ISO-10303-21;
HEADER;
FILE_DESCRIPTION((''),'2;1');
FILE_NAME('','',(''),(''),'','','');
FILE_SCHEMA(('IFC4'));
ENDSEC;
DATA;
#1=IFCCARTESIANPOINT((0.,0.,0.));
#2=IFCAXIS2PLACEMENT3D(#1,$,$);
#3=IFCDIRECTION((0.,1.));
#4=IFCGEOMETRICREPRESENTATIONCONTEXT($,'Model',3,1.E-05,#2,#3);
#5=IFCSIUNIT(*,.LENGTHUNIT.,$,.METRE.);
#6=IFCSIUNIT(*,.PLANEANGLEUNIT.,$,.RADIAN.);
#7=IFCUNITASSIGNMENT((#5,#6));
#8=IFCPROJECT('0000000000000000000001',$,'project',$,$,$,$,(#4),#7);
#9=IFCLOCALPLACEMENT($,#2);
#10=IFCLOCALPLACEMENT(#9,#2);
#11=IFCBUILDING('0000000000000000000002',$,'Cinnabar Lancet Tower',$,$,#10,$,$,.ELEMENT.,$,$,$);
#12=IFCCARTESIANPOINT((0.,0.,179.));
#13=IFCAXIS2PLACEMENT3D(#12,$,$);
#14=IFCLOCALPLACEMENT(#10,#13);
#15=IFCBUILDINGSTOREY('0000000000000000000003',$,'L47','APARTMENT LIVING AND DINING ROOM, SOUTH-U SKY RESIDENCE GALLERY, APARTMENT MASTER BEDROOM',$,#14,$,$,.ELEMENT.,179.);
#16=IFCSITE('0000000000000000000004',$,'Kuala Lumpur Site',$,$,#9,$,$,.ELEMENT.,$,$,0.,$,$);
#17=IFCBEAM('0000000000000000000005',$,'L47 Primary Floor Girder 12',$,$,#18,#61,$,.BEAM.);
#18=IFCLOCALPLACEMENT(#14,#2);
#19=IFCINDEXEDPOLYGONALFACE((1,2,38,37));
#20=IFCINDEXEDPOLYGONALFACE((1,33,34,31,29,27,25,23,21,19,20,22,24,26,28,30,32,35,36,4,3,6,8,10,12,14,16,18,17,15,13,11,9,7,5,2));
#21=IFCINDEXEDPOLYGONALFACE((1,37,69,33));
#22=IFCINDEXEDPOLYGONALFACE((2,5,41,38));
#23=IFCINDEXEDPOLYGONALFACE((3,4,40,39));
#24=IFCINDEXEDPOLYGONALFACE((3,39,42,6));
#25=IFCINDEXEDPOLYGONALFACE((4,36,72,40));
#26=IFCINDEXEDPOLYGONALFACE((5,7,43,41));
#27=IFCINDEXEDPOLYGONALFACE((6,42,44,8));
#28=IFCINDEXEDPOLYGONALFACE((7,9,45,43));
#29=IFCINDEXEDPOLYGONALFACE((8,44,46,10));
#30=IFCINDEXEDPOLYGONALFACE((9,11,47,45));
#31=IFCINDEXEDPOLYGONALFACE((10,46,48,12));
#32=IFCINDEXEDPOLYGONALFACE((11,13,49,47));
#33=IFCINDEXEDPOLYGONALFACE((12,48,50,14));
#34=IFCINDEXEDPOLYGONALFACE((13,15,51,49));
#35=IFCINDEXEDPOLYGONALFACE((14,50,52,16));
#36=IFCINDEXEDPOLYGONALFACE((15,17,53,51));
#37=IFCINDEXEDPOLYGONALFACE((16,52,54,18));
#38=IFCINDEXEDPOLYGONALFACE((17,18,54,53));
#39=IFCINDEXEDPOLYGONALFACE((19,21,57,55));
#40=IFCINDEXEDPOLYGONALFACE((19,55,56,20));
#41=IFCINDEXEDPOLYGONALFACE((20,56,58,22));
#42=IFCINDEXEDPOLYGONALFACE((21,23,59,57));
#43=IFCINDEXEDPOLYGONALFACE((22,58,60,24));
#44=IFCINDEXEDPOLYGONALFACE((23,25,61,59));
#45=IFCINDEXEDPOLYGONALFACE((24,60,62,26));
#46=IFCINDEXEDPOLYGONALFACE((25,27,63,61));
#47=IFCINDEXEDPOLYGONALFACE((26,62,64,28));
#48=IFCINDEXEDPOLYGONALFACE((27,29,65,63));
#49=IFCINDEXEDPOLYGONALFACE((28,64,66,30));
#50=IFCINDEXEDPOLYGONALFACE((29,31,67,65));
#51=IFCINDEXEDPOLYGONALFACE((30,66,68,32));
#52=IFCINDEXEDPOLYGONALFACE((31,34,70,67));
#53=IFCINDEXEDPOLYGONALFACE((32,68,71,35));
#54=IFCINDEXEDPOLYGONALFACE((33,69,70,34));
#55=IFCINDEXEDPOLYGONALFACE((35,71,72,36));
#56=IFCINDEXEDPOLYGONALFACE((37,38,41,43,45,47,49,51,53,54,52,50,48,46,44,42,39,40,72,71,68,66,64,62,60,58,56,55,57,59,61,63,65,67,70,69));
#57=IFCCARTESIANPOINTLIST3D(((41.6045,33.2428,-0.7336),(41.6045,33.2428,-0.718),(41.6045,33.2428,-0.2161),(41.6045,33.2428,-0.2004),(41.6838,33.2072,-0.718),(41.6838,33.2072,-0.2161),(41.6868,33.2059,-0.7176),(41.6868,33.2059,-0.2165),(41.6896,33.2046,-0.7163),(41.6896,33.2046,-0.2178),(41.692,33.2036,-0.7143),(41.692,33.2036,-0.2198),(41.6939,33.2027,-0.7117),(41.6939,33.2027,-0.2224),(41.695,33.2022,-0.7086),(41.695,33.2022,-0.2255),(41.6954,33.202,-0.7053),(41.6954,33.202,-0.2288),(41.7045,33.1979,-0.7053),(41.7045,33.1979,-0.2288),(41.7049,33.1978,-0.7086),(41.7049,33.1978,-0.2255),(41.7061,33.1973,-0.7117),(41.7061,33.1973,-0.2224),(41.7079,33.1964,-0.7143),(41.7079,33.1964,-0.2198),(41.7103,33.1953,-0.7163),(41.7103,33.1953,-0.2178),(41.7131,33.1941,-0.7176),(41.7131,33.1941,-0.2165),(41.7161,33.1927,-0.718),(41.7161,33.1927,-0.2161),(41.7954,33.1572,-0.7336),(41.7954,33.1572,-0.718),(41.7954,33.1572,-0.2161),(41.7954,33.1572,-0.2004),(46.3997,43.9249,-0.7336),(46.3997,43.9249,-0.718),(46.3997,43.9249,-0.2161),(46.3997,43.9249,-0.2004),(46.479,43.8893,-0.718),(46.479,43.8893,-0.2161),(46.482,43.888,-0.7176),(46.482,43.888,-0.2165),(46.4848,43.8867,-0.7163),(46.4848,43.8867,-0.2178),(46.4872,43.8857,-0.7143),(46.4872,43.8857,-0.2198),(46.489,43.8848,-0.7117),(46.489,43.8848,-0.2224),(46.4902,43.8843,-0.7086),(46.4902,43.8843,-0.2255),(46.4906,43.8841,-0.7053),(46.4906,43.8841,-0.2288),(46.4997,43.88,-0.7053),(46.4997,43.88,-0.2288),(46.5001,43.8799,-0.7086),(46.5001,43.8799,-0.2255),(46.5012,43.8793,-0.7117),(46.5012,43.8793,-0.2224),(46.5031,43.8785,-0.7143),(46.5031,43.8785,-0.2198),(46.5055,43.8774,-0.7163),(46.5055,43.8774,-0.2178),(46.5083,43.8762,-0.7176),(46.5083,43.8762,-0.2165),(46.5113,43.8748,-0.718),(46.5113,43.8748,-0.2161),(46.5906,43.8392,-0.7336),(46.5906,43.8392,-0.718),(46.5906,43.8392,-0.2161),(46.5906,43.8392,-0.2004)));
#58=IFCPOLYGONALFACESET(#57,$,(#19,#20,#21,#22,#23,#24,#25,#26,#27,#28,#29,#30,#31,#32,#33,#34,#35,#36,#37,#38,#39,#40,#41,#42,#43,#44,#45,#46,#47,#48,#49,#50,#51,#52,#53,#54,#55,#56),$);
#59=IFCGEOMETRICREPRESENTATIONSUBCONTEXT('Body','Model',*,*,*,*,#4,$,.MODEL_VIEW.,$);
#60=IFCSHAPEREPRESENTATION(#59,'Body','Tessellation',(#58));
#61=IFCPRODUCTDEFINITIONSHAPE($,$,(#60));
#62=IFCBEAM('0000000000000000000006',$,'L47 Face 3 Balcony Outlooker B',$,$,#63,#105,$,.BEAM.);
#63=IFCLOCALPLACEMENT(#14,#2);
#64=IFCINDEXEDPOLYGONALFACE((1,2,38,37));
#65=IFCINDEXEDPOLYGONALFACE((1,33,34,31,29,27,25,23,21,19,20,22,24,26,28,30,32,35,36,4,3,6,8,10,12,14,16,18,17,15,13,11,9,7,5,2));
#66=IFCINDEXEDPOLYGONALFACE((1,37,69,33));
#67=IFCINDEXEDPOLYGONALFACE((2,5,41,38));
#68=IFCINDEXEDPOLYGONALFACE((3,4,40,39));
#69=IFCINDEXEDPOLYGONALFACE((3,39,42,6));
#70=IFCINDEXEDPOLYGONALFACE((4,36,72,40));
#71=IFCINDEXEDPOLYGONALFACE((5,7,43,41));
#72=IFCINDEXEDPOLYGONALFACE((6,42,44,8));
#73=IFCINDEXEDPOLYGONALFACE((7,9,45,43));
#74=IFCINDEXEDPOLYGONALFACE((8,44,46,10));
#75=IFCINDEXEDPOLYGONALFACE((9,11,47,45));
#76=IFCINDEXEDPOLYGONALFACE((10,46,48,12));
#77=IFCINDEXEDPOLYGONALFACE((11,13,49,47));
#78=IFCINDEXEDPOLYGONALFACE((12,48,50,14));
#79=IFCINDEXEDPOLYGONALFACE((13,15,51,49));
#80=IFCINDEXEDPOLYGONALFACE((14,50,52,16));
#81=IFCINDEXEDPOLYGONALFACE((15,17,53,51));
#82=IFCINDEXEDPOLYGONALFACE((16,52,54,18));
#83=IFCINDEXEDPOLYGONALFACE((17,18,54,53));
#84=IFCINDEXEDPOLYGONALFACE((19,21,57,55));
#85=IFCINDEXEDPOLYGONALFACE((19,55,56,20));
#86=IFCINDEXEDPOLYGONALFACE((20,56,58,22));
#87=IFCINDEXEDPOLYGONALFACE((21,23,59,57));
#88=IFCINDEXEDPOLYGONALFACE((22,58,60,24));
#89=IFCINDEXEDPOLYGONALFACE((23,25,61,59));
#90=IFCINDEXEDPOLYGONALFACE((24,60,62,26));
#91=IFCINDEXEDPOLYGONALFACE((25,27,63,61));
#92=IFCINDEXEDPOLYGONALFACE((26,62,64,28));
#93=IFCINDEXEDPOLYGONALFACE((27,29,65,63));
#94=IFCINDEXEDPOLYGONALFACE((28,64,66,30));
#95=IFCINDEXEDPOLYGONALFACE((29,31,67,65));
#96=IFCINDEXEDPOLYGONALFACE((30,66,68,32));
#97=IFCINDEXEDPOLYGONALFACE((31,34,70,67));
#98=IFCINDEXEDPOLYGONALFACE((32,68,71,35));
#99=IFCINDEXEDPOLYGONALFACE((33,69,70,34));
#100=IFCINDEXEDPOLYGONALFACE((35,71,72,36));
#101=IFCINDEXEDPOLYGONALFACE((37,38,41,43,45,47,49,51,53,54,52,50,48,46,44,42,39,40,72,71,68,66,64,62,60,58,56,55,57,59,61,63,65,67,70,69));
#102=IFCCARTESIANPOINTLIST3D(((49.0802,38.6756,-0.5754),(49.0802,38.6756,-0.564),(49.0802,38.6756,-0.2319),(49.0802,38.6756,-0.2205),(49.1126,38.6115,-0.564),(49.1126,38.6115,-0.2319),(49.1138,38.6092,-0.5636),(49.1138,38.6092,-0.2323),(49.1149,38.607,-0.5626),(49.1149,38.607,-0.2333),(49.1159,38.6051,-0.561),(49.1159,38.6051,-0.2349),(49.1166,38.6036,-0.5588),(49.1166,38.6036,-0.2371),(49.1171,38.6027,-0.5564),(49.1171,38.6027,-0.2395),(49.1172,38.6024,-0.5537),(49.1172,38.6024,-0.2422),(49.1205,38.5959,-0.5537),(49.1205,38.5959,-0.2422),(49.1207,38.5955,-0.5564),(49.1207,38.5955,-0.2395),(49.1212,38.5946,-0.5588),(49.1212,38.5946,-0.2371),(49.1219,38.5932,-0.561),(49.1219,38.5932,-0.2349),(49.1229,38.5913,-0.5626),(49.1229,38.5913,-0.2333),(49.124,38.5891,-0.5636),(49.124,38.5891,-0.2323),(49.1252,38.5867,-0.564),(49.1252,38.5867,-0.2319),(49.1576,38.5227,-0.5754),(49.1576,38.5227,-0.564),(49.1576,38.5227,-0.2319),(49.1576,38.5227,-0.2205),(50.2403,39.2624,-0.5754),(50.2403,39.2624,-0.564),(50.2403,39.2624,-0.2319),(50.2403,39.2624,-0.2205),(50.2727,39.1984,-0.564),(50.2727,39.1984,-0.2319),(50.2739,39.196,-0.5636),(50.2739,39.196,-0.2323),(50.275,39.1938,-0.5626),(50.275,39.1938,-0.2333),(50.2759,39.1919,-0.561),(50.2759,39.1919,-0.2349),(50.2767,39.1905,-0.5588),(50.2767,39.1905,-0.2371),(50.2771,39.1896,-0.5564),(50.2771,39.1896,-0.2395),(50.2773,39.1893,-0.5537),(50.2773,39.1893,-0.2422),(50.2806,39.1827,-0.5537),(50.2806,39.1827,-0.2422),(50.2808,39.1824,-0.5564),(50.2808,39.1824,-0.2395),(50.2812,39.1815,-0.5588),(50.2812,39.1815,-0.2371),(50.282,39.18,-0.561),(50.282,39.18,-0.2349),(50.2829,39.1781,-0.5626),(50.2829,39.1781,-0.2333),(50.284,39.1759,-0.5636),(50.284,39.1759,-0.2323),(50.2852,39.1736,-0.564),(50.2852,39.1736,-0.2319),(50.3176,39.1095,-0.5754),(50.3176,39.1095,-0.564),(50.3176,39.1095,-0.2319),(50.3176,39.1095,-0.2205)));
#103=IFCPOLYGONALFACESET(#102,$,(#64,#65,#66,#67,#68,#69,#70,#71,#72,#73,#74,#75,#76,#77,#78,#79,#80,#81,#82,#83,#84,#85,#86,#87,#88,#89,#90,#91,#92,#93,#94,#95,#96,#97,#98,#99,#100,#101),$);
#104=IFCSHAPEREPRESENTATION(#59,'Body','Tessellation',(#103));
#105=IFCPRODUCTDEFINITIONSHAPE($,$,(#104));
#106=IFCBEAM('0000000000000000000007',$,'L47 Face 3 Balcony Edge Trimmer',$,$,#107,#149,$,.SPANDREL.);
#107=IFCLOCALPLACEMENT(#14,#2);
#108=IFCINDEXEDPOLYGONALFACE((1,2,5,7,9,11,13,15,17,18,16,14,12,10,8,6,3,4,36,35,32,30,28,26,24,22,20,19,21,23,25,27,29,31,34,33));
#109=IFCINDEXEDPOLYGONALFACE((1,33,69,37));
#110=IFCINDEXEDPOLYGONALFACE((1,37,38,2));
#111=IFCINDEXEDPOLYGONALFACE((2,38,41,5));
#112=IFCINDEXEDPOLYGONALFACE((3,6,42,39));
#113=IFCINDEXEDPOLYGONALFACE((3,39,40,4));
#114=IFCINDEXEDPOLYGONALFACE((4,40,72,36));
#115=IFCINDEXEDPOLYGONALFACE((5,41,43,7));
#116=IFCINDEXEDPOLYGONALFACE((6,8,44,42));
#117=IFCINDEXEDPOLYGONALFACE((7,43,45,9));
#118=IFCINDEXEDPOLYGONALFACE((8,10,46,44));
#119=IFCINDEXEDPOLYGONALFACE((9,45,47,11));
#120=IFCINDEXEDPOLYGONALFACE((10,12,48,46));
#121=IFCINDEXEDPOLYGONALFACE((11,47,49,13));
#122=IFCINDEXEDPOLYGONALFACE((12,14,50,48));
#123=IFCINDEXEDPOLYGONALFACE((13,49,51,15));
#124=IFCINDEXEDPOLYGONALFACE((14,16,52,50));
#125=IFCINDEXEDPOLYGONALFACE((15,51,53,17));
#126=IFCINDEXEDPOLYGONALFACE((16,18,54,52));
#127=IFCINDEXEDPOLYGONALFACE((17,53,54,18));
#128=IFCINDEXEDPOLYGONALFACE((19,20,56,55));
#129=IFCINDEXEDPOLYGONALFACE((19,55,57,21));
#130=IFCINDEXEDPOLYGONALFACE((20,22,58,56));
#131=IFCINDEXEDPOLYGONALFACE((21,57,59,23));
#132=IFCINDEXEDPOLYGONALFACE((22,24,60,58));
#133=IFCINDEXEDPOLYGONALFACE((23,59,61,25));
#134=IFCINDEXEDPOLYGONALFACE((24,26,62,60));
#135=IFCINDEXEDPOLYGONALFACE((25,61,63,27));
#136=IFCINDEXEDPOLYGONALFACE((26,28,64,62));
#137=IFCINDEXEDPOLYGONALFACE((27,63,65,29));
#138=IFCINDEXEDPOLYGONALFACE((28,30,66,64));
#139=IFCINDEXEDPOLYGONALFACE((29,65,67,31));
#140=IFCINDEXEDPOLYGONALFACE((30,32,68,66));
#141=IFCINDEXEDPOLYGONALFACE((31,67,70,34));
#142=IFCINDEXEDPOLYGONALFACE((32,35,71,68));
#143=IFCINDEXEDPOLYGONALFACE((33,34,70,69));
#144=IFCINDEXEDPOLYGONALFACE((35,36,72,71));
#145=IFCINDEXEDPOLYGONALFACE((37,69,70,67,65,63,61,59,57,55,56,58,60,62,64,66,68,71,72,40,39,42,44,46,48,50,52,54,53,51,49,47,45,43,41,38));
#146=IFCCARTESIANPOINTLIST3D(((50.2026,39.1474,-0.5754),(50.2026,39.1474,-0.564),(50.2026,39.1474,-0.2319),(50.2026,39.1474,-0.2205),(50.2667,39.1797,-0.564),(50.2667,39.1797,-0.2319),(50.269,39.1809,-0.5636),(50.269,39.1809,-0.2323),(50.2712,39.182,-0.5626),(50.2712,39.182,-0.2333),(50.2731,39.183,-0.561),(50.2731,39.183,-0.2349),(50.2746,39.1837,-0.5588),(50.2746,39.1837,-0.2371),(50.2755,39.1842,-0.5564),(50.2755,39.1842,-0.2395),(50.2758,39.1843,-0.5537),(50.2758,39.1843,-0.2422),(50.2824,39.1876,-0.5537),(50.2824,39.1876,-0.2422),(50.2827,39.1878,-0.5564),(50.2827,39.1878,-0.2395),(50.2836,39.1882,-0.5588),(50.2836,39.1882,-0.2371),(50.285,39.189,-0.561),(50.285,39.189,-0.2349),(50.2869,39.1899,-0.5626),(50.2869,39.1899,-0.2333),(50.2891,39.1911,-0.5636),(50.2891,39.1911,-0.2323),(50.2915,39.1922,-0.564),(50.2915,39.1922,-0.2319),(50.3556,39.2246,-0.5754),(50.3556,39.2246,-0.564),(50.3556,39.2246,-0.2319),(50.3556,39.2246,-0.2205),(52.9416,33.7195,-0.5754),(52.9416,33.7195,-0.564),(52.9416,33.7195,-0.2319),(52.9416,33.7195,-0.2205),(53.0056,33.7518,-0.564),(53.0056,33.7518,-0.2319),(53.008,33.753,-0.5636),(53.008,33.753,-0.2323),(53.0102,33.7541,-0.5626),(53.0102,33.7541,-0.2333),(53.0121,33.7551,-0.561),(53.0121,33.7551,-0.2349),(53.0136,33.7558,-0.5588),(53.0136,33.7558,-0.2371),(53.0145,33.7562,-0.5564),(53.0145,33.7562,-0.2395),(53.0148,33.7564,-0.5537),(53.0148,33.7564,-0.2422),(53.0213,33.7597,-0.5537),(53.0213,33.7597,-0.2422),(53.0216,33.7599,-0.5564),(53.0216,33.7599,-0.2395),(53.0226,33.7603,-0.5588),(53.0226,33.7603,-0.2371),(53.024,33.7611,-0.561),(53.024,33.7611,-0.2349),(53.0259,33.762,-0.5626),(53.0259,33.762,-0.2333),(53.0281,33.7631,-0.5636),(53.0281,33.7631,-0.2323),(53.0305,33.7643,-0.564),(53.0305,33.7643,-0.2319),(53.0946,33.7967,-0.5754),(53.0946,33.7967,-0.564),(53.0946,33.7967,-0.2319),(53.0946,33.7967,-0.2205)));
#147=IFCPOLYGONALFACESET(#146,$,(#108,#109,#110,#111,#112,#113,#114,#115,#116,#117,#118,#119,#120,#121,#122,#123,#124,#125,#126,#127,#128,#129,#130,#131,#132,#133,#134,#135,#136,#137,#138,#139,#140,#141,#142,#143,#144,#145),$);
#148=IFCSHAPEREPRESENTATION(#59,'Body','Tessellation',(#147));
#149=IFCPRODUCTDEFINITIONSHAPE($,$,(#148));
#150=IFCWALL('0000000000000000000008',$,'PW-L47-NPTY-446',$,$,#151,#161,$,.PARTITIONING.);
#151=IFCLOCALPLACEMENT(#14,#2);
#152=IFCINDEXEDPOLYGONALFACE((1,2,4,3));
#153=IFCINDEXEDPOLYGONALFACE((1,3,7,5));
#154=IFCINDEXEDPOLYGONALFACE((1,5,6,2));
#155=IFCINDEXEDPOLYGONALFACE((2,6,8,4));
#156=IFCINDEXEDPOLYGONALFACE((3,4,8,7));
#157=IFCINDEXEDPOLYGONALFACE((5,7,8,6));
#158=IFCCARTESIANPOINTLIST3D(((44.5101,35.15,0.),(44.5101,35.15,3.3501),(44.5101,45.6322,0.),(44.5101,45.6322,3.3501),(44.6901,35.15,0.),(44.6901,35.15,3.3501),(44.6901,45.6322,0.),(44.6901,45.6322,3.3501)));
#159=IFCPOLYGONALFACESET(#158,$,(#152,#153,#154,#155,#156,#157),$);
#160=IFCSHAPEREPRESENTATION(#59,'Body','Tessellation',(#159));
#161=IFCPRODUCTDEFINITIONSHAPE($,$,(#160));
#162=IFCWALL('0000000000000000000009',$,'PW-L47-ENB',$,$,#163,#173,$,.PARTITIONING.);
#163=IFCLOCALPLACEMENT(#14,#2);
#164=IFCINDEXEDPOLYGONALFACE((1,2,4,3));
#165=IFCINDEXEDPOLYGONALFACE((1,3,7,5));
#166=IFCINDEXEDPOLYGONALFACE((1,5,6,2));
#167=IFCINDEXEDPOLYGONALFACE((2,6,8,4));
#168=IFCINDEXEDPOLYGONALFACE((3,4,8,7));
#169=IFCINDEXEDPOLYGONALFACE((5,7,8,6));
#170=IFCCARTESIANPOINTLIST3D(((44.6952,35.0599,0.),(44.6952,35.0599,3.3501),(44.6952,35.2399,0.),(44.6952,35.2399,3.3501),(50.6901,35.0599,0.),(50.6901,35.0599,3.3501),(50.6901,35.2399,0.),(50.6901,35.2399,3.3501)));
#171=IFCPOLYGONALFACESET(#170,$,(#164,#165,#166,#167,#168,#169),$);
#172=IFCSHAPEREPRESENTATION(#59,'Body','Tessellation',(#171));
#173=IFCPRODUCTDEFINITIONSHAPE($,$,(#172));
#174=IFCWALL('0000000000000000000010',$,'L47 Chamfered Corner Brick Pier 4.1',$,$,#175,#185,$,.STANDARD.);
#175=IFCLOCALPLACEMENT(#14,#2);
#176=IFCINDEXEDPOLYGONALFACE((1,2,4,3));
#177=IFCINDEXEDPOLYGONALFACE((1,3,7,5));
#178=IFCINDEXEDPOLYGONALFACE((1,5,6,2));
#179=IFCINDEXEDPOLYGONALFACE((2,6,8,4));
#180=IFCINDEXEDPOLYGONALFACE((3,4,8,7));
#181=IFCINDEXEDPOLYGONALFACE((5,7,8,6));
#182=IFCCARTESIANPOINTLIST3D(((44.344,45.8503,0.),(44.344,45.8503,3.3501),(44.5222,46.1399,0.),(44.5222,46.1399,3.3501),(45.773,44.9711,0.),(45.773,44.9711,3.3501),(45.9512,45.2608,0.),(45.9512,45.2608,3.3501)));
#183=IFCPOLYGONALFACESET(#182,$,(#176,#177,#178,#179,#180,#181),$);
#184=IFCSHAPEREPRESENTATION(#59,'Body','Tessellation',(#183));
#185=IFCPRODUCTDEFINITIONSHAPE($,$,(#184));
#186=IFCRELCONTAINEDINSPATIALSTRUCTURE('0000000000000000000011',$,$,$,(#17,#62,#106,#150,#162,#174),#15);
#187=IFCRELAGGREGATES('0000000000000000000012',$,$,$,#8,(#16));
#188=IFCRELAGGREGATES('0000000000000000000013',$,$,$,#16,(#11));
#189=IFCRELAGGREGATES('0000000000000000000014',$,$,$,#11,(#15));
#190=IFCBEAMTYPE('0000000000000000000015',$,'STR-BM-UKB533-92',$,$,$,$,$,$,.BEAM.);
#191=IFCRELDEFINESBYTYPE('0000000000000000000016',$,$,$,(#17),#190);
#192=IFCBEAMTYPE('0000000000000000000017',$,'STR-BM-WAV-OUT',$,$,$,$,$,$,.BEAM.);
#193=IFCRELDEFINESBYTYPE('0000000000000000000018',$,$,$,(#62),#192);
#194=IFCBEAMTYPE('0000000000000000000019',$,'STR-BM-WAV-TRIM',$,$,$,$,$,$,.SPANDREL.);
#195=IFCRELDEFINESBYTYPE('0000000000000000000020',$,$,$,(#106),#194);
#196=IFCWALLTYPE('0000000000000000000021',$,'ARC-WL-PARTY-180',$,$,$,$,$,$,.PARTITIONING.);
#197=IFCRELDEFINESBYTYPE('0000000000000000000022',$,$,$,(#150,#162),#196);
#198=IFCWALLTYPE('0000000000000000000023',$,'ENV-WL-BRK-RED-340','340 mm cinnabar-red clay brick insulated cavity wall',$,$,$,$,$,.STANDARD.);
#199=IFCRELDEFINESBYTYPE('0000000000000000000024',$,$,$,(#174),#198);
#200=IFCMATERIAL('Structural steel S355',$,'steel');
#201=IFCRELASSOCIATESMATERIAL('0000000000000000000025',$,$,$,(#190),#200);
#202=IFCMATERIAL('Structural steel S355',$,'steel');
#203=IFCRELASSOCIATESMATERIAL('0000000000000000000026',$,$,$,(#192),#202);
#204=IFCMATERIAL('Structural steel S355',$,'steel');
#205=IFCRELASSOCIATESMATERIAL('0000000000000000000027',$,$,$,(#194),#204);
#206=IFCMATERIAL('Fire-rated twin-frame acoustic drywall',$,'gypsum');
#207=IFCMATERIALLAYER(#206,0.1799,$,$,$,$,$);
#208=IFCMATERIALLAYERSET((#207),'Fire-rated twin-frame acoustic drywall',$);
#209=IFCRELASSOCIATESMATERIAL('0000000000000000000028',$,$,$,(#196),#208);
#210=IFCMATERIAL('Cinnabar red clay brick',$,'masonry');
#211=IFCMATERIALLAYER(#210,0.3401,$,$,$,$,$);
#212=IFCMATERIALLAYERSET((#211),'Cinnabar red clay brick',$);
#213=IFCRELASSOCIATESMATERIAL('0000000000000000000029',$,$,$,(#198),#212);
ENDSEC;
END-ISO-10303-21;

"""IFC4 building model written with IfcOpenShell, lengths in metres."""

from ifc_helpers import new_model, si_unit, direction, frame, frame_2d, origin, origin_2d, place, context, subcontext, project, spatial, rectangle, i_section, extrude, material, layer, layer_set, material_profile, profile_set, type_object, element, save


model = new_model("IFC4")

# Units and contexts
model_context = context("Model", 3, precision=1e-05, world=origin(), true_north=direction((0.0, 1.0)))
body_context = subcontext(model_context, "Body", "Model", "MODEL_VIEW")
ifc_project = project(units=[si_unit("LENGTHUNIT", "METRE"), si_unit("PLANEANGLEUNIT", "RADIAN")], contexts=[model_context])

# Site, building, storey
site_placement = place(None, origin())
site = spatial("IfcSite", under=ifc_project, at=site_placement, Name="Kuala Lumpur Site", CompositionType="ELEMENT", RefElevation=0.0)
building_placement = place(site_placement, origin())
building = spatial("IfcBuilding", under=site, at=building_placement, Name="Cinnabar Lancet Tower", CompositionType="ELEMENT")
storey_placement = place(building_placement, frame((0.0, 0.0, 179.0)))
storey = spatial("IfcBuildingStorey", under=building, at=storey_placement, Name="L47", Description="APARTMENT LIVING AND DINING ROOM, SOUTH-U SKY RESIDENCE GALLERY, APARTMENT MASTER BEDROOM", CompositionType="ELEMENT", Elevation=179.0)

# Beams
ifc_material_1 = material(Name="Structural steel S355", Category="steel")
ifc_material_profile_1 = material_profile(ifc_material_1, i_section(OverallWidth=0.2092, OverallDepth=0.5332, WebThickness=0.01, FlangeThickness=0.0156, FilletRadius=0.0127, at=origin_2d()), Name="UKB 533x210x92")
ifc_profile_set_1 = profile_set([ifc_material_profile_1], Name="Structural steel S355")
beam_type_1 = type_object("IfcBeamType", Name="STR-BM-UKB533-92", PredefinedType="BEAM", material=ifc_profile_set_1)
beam_1_placement = place(storey_placement, frame((46.4951, 43.8821, -0.467), z_axis=(-0.409527, -0.912298, 0.0), x_axis=(0.912298, -0.409527, 0.0)))
element("IfcBeam", 1, at=beam_1_placement, inside=storey, type_object=beam_type_1, Name="L47 Primary Floor Girder 12", PredefinedType="BEAM", context=body_context, shape_type="SweptSolid", body=[
    extrude(i_section(OverallWidth=0.2092, OverallDepth=0.5332, WebThickness=0.01, FlangeThickness=0.0156, FilletRadius=0.0127, at=origin_2d()), origin(), (0.0, 0.0, 1.0), 11.709),
])
ifc_material_2 = material(Name="Structural steel S355", Category="steel")
ifc_material_profile_2 = material_profile(ifc_material_2, i_section(OverallWidth=0.1714, OverallDepth=0.355, WebThickness=0.0073, FlangeThickness=0.0115, FilletRadius=0.0103, at=origin_2d()), Name="UKB 356x171x51")
ifc_profile_set_2 = profile_set([ifc_material_profile_2], Name="Structural steel S355")
beam_type_2 = type_object("IfcBeamType", Name="STR-BM-WAV-OUT", PredefinedType="BEAM", material=ifc_profile_set_2)
beam_2_placement = place(storey_placement, frame((49.1189, 38.5991, -0.3979), z_axis=(0.892314, 0.451415, 0.0), x_axis=(-0.451415, 0.892314, 0.0)))
element("IfcBeam", 2, at=beam_2_placement, inside=storey, type_object=beam_type_2, Name="L47 Face 3 Balcony Outlooker B", PredefinedType="BEAM", context=body_context, shape_type="SweptSolid", body=[
    extrude(i_section(OverallWidth=0.1714, OverallDepth=0.355, WebThickness=0.0073, FlangeThickness=0.0115, FilletRadius=0.0103, at=origin_2d()), origin(), (0.0, 0.0, 1.0), 1.3),
])
ifc_material_3 = material(Name="Structural steel S355", Category="steel")
ifc_material_profile_3 = material_profile(ifc_material_3, i_section(OverallWidth=0.1714, OverallDepth=0.355, WebThickness=0.0073, FlangeThickness=0.0115, FilletRadius=0.0103, at=origin_2d()), Name="UKB 356x171x51")
ifc_profile_set_3 = profile_set([ifc_material_profile_3], Name="Structural steel S355")
beam_type_3 = type_object("IfcBeamType", Name="STR-BM-WAV-TRIM", PredefinedType="SPANDREL", material=ifc_profile_set_3)
beam_3_placement = place(storey_placement, frame((53.0181, 33.7581, -0.3979), z_axis=(-0.450503, 0.892775, 0.0), x_axis=(-0.892775, -0.450503, 0.0)))
element("IfcBeam", 3, at=beam_3_placement, inside=storey, type_object=beam_type_3, Name="L47 Face 3 Balcony Edge Trimmer", PredefinedType="SPANDREL", context=body_context, shape_type="SweptSolid", body=[
    extrude(i_section(OverallWidth=0.1714, OverallDepth=0.355, WebThickness=0.0073, FlangeThickness=0.0115, FilletRadius=0.0103, at=origin_2d()), origin(), (0.0, 0.0, 1.0), 6.0798),
])

# Walls
ifc_material_4 = material(Name="Fire-rated twin-frame acoustic drywall", Category="gypsum")
ifc_layer_1 = layer(ifc_material_4, 0.1799)
ifc_layer_set_1 = layer_set([ifc_layer_1], Name="Fire-rated twin-frame acoustic drywall")
wall_type_1 = type_object("IfcWallType", Name="ARC-WL-PARTY-180", PredefinedType="PARTITIONING", material=ifc_layer_set_1)
wall_1_placement = place(storey_placement, frame((44.6001, 35.1499, 0.0), z_axis=(0.0, 0.0, 1.0), x_axis=(0.0, 1.0, 0.0)))
element("IfcWall", 4, at=wall_1_placement, inside=storey, type_object=wall_type_1, Name="PW-L47-NPTY-446", PredefinedType="PARTITIONING", context=body_context, shape_type="SweptSolid", body=[
    extrude(rectangle(XDim=10.4822, YDim=0.1799, at=frame_2d((5.2412, 0.0))), origin(), (0.0, 0.0, 1.0), 3.3501),
])
wall_2_placement = place(storey_placement, frame((44.6951, 35.1499, 0.0), z_axis=(0.0, 0.0, 1.0), x_axis=(1.0, 0.0, 0.0)))
element("IfcWall", 5, at=wall_2_placement, inside=storey, type_object=wall_type_1, Name="PW-L47-ENB", PredefinedType="PARTITIONING", context=body_context, shape_type="SweptSolid", body=[
    extrude(rectangle(XDim=5.9949, YDim=0.1799, at=frame_2d((2.9976, 0.0))), origin(), (0.0, 0.0, 1.0), 3.3501),
])
ifc_material_5 = material(Name="Cinnabar red clay brick", Category="masonry")
ifc_layer_2 = layer(ifc_material_5, 0.3401)
ifc_layer_set_2 = layer_set([ifc_layer_2], Name="Cinnabar red clay brick")
wall_type_2 = type_object("IfcWallType", Name="ENV-WL-BRK-RED-340", Description="340 mm cinnabar-red clay brick insulated cavity wall", PredefinedType="STANDARD", material=ifc_layer_set_2)
wall_3_placement = place(storey_placement, frame((45.8621, 45.116, 0.0), z_axis=(0.0, 0.0, 1.0), x_axis=(-0.851713, 0.524008, 0.0)))
element("IfcWall", 6, at=wall_3_placement, inside=storey, type_object=wall_type_2, Name="L47 Chamfered Corner Brick Pier 4.1", PredefinedType="STANDARD", context=body_context, shape_type="SweptSolid", body=[
    extrude(rectangle(XDim=1.6777, YDim=0.3401, at=frame_2d((0.8389, 0.0))), origin(), (0.0, 0.0, 1.0), 3.3501),
])

save(model, "model.ifc")
